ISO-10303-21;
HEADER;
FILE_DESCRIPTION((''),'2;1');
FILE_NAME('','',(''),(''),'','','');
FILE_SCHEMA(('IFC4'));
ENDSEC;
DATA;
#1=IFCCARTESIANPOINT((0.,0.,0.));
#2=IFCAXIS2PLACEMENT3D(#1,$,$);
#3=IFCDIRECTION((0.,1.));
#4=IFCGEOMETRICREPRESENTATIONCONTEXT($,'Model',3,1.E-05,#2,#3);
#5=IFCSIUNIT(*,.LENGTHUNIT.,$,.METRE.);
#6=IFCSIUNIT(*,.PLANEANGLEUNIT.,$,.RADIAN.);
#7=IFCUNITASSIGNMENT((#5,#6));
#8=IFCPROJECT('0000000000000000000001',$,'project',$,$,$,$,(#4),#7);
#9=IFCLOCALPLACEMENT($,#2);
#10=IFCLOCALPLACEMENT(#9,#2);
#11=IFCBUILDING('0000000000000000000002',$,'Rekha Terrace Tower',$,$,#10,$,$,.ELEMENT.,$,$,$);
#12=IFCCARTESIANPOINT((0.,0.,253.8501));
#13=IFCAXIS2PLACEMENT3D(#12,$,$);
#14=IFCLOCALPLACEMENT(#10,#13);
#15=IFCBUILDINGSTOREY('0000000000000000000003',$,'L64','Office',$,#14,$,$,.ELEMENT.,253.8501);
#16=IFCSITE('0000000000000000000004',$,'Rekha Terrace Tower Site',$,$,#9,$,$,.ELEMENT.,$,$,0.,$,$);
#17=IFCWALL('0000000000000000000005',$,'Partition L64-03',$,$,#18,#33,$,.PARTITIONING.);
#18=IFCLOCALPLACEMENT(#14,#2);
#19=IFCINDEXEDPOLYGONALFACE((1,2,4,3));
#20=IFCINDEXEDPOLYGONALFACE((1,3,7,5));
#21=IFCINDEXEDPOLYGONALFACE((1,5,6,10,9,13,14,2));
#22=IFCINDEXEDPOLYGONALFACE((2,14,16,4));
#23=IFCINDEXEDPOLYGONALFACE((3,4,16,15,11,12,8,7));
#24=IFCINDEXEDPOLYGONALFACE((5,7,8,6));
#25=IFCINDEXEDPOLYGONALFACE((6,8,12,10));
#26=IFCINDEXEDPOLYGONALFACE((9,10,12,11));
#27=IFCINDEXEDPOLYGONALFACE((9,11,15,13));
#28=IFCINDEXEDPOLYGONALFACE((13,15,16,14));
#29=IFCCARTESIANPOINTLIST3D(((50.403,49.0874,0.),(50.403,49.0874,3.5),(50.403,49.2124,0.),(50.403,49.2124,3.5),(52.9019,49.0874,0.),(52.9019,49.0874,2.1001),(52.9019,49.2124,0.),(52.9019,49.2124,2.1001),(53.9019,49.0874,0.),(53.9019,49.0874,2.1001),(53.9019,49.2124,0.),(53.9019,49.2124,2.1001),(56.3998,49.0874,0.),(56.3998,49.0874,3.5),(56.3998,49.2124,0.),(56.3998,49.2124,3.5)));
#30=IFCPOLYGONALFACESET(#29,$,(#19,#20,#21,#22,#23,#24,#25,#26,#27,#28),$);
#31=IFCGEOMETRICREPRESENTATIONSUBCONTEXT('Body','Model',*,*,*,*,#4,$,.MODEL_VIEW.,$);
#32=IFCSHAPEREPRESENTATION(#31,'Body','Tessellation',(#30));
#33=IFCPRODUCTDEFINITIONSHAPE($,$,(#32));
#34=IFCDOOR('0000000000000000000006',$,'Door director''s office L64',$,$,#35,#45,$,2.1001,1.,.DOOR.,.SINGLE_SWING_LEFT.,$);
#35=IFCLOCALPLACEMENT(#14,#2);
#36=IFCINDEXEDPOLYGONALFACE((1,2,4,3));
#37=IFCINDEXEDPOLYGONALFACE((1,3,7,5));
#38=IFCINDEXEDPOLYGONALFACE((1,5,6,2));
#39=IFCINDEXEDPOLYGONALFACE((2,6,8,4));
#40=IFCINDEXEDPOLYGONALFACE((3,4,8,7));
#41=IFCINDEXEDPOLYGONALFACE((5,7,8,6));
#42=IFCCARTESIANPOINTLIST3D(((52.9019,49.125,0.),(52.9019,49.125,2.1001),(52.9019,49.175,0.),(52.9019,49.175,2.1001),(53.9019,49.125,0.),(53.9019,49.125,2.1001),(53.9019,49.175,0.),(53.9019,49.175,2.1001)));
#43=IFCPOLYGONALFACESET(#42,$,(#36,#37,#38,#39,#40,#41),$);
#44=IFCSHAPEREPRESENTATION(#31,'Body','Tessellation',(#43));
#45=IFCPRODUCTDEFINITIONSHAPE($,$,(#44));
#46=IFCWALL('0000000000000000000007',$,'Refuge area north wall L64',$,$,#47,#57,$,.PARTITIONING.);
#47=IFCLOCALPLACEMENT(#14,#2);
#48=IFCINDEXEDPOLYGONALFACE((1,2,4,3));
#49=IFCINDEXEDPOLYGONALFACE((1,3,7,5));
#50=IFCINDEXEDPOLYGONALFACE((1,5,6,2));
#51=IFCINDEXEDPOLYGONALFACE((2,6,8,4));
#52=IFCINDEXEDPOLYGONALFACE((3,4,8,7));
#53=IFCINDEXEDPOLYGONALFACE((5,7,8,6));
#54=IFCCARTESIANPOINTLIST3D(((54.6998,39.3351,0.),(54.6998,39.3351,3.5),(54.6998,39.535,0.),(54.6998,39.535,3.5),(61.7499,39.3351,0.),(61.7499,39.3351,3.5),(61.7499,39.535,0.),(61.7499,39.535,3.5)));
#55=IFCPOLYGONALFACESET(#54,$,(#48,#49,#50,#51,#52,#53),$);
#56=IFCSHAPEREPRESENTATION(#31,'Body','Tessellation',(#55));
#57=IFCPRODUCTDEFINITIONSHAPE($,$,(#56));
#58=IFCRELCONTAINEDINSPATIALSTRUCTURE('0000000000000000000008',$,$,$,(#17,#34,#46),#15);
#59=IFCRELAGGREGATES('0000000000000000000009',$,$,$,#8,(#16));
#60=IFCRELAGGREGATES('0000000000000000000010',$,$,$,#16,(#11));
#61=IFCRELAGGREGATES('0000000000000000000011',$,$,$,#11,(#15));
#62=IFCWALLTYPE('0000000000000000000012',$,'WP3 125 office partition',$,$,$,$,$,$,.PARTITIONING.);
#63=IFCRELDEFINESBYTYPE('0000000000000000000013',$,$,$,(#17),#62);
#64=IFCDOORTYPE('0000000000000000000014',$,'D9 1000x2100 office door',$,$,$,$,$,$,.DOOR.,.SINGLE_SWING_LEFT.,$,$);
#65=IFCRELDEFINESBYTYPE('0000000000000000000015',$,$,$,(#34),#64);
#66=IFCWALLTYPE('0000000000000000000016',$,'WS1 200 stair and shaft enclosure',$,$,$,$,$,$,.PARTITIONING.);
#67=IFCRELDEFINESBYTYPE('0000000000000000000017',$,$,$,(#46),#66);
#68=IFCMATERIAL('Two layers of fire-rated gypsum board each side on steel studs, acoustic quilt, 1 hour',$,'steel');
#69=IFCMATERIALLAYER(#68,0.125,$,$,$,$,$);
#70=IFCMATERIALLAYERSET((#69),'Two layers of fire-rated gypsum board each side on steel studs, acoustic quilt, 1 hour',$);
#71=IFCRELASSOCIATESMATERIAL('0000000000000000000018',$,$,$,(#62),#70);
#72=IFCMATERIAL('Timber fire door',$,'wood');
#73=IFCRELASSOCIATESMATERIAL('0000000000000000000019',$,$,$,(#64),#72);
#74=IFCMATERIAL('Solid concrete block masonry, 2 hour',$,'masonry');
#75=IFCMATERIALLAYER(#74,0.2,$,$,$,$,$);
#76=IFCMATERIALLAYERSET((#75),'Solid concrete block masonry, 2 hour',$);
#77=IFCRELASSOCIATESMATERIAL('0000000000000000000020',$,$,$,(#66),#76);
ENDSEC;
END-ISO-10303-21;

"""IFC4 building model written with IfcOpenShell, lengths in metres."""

from ifc_helpers import new_model, si_unit, direction, frame, frame_2d, origin, place, context, subcontext, project, spatial, rectangle, extrude, material, layer, layer_set, type_object, element, fill, save


model = new_model("IFC4")

# Units and contexts
model_context = context("Model", 3, precision=1e-05, world=origin(), true_north=direction((0.0, 1.0)))
body_context = subcontext(model_context, "Body", "Model", "MODEL_VIEW")
ifc_project = project(units=[si_unit("LENGTHUNIT", "METRE"), si_unit("PLANEANGLEUNIT", "RADIAN")], contexts=[model_context])

# Site, building, storey
site_placement = place(None, origin())
site = spatial("IfcSite", under=ifc_project, at=site_placement, Name="Rekha Terrace Tower Site", CompositionType="ELEMENT", RefElevation=0.0)
building_placement = place(site_placement, origin())
building = spatial("IfcBuilding", under=site, at=building_placement, Name="Rekha Terrace Tower", CompositionType="ELEMENT")
storey_placement = place(building_placement, frame((0.0, 0.0, 253.8501)))
storey = spatial("IfcBuildingStorey", under=building, at=storey_placement, Name="L64", Description="Office", CompositionType="ELEMENT", Elevation=253.8501)

# Shared definitions
ifc_material_1 = material(Name="Two layers of fire-rated gypsum board each side on steel studs, acoustic quilt, 1 hour", Category="steel")
ifc_layer_1 = layer(ifc_material_1, 0.125)
ifc_layer_set_1 = layer_set([ifc_layer_1], Name="Two layers of fire-rated gypsum board each side on steel studs, acoustic quilt, 1 hour")
wall_type_1 = type_object("IfcWallType", Name="WP3 125 office partition", PredefinedType="PARTITIONING", material=ifc_layer_set_1)

# Wall, opening, door
wall_1_placement = place(storey_placement, frame((56.3999, 49.1499, 0.0), z_axis=(0.0, 0.0, 1.0), x_axis=(-1.0, 0.0, 0.0)))
wall_1 = element("IfcWall", 1, at=wall_1_placement, inside=storey, type_object=wall_type_1, Name="Partition L64-03", PredefinedType="PARTITIONING", context=body_context, shape_type="SweptSolid", body=[
    extrude(rectangle(XDim=5.9968, YDim=0.125, at=frame_2d((2.9985, 0.0))), origin(), (0.0, 0.0, 1.0), 3.5),
])
opening_1_placement = place(wall_1_placement, frame((2.498, 0.0, 0.0)))
opening_1 = element("IfcOpeningElement", 2, at=opening_1_placement, cuts=wall_1, PredefinedType="OPENING", context=body_context, shape_type="SweptSolid", body=[
    extrude(rectangle(XDim=1.0, YDim=2.1001, at=frame_2d((0.5, 1.05))), frame((0.0, 0.0725, 0.0), z_axis=(0.0, -1.0, 0.0), x_axis=(1.0, 0.0, 0.0)), (0.0, 0.0, 1.0), 0.145),
])
ifc_material_2 = material(Name="Timber fire door", Category="wood")
door_type_1 = type_object("IfcDoorType", Name="D9 1000x2100 office door", OperationType="SINGLE_SWING_LEFT", PredefinedType="DOOR", material=ifc_material_2)
door_1_placement = place(opening_1_placement, origin())
door_1 = element("IfcDoor", 3, at=door_1_placement, inside=storey, type_object=door_type_1, Name="Door director's office L64", OperationType="SINGLE_SWING_LEFT", OverallHeight=2.1001, OverallWidth=1.0, PredefinedType="DOOR", context=body_context, shape_type="SweptSolid", body=[
    extrude(rectangle(XDim=1.0, YDim=2.1001, at=frame_2d((0.5, 1.05))), frame((0.0, 0.0249, 0.0), z_axis=(0.0, -1.0, 0.0), x_axis=(1.0, 0.0, 0.0)), (0.0, 0.0, 1.0), 0.05),
])
fill(opening_1, door_1)

# Wall
ifc_material_3 = material(Name="Solid concrete block masonry, 2 hour", Category="masonry")
ifc_layer_2 = layer(ifc_material_3, 0.2)
ifc_layer_set_2 = layer_set([ifc_layer_2], Name="Solid concrete block masonry, 2 hour")
wall_type_2 = type_object("IfcWallType", Name="WS1 200 stair and shaft enclosure", PredefinedType="PARTITIONING", material=ifc_layer_set_2)
wall_2_placement = place(storey_placement, frame((54.7, 39.4351, 0.0), z_axis=(0.0, 0.0, 1.0), x_axis=(1.0, 0.0, 0.0)))
element("IfcWall", 4, at=wall_2_placement, inside=storey, type_object=wall_type_2, Name="Refuge area north wall L64", PredefinedType="PARTITIONING", context=body_context, shape_type="SweptSolid", body=[
    extrude(rectangle(XDim=7.05, YDim=0.2, at=frame_2d((3.5249, 0.0))), origin(), (0.0, 0.0, 1.0), 3.5),
])

save(model, "model.ifc")
